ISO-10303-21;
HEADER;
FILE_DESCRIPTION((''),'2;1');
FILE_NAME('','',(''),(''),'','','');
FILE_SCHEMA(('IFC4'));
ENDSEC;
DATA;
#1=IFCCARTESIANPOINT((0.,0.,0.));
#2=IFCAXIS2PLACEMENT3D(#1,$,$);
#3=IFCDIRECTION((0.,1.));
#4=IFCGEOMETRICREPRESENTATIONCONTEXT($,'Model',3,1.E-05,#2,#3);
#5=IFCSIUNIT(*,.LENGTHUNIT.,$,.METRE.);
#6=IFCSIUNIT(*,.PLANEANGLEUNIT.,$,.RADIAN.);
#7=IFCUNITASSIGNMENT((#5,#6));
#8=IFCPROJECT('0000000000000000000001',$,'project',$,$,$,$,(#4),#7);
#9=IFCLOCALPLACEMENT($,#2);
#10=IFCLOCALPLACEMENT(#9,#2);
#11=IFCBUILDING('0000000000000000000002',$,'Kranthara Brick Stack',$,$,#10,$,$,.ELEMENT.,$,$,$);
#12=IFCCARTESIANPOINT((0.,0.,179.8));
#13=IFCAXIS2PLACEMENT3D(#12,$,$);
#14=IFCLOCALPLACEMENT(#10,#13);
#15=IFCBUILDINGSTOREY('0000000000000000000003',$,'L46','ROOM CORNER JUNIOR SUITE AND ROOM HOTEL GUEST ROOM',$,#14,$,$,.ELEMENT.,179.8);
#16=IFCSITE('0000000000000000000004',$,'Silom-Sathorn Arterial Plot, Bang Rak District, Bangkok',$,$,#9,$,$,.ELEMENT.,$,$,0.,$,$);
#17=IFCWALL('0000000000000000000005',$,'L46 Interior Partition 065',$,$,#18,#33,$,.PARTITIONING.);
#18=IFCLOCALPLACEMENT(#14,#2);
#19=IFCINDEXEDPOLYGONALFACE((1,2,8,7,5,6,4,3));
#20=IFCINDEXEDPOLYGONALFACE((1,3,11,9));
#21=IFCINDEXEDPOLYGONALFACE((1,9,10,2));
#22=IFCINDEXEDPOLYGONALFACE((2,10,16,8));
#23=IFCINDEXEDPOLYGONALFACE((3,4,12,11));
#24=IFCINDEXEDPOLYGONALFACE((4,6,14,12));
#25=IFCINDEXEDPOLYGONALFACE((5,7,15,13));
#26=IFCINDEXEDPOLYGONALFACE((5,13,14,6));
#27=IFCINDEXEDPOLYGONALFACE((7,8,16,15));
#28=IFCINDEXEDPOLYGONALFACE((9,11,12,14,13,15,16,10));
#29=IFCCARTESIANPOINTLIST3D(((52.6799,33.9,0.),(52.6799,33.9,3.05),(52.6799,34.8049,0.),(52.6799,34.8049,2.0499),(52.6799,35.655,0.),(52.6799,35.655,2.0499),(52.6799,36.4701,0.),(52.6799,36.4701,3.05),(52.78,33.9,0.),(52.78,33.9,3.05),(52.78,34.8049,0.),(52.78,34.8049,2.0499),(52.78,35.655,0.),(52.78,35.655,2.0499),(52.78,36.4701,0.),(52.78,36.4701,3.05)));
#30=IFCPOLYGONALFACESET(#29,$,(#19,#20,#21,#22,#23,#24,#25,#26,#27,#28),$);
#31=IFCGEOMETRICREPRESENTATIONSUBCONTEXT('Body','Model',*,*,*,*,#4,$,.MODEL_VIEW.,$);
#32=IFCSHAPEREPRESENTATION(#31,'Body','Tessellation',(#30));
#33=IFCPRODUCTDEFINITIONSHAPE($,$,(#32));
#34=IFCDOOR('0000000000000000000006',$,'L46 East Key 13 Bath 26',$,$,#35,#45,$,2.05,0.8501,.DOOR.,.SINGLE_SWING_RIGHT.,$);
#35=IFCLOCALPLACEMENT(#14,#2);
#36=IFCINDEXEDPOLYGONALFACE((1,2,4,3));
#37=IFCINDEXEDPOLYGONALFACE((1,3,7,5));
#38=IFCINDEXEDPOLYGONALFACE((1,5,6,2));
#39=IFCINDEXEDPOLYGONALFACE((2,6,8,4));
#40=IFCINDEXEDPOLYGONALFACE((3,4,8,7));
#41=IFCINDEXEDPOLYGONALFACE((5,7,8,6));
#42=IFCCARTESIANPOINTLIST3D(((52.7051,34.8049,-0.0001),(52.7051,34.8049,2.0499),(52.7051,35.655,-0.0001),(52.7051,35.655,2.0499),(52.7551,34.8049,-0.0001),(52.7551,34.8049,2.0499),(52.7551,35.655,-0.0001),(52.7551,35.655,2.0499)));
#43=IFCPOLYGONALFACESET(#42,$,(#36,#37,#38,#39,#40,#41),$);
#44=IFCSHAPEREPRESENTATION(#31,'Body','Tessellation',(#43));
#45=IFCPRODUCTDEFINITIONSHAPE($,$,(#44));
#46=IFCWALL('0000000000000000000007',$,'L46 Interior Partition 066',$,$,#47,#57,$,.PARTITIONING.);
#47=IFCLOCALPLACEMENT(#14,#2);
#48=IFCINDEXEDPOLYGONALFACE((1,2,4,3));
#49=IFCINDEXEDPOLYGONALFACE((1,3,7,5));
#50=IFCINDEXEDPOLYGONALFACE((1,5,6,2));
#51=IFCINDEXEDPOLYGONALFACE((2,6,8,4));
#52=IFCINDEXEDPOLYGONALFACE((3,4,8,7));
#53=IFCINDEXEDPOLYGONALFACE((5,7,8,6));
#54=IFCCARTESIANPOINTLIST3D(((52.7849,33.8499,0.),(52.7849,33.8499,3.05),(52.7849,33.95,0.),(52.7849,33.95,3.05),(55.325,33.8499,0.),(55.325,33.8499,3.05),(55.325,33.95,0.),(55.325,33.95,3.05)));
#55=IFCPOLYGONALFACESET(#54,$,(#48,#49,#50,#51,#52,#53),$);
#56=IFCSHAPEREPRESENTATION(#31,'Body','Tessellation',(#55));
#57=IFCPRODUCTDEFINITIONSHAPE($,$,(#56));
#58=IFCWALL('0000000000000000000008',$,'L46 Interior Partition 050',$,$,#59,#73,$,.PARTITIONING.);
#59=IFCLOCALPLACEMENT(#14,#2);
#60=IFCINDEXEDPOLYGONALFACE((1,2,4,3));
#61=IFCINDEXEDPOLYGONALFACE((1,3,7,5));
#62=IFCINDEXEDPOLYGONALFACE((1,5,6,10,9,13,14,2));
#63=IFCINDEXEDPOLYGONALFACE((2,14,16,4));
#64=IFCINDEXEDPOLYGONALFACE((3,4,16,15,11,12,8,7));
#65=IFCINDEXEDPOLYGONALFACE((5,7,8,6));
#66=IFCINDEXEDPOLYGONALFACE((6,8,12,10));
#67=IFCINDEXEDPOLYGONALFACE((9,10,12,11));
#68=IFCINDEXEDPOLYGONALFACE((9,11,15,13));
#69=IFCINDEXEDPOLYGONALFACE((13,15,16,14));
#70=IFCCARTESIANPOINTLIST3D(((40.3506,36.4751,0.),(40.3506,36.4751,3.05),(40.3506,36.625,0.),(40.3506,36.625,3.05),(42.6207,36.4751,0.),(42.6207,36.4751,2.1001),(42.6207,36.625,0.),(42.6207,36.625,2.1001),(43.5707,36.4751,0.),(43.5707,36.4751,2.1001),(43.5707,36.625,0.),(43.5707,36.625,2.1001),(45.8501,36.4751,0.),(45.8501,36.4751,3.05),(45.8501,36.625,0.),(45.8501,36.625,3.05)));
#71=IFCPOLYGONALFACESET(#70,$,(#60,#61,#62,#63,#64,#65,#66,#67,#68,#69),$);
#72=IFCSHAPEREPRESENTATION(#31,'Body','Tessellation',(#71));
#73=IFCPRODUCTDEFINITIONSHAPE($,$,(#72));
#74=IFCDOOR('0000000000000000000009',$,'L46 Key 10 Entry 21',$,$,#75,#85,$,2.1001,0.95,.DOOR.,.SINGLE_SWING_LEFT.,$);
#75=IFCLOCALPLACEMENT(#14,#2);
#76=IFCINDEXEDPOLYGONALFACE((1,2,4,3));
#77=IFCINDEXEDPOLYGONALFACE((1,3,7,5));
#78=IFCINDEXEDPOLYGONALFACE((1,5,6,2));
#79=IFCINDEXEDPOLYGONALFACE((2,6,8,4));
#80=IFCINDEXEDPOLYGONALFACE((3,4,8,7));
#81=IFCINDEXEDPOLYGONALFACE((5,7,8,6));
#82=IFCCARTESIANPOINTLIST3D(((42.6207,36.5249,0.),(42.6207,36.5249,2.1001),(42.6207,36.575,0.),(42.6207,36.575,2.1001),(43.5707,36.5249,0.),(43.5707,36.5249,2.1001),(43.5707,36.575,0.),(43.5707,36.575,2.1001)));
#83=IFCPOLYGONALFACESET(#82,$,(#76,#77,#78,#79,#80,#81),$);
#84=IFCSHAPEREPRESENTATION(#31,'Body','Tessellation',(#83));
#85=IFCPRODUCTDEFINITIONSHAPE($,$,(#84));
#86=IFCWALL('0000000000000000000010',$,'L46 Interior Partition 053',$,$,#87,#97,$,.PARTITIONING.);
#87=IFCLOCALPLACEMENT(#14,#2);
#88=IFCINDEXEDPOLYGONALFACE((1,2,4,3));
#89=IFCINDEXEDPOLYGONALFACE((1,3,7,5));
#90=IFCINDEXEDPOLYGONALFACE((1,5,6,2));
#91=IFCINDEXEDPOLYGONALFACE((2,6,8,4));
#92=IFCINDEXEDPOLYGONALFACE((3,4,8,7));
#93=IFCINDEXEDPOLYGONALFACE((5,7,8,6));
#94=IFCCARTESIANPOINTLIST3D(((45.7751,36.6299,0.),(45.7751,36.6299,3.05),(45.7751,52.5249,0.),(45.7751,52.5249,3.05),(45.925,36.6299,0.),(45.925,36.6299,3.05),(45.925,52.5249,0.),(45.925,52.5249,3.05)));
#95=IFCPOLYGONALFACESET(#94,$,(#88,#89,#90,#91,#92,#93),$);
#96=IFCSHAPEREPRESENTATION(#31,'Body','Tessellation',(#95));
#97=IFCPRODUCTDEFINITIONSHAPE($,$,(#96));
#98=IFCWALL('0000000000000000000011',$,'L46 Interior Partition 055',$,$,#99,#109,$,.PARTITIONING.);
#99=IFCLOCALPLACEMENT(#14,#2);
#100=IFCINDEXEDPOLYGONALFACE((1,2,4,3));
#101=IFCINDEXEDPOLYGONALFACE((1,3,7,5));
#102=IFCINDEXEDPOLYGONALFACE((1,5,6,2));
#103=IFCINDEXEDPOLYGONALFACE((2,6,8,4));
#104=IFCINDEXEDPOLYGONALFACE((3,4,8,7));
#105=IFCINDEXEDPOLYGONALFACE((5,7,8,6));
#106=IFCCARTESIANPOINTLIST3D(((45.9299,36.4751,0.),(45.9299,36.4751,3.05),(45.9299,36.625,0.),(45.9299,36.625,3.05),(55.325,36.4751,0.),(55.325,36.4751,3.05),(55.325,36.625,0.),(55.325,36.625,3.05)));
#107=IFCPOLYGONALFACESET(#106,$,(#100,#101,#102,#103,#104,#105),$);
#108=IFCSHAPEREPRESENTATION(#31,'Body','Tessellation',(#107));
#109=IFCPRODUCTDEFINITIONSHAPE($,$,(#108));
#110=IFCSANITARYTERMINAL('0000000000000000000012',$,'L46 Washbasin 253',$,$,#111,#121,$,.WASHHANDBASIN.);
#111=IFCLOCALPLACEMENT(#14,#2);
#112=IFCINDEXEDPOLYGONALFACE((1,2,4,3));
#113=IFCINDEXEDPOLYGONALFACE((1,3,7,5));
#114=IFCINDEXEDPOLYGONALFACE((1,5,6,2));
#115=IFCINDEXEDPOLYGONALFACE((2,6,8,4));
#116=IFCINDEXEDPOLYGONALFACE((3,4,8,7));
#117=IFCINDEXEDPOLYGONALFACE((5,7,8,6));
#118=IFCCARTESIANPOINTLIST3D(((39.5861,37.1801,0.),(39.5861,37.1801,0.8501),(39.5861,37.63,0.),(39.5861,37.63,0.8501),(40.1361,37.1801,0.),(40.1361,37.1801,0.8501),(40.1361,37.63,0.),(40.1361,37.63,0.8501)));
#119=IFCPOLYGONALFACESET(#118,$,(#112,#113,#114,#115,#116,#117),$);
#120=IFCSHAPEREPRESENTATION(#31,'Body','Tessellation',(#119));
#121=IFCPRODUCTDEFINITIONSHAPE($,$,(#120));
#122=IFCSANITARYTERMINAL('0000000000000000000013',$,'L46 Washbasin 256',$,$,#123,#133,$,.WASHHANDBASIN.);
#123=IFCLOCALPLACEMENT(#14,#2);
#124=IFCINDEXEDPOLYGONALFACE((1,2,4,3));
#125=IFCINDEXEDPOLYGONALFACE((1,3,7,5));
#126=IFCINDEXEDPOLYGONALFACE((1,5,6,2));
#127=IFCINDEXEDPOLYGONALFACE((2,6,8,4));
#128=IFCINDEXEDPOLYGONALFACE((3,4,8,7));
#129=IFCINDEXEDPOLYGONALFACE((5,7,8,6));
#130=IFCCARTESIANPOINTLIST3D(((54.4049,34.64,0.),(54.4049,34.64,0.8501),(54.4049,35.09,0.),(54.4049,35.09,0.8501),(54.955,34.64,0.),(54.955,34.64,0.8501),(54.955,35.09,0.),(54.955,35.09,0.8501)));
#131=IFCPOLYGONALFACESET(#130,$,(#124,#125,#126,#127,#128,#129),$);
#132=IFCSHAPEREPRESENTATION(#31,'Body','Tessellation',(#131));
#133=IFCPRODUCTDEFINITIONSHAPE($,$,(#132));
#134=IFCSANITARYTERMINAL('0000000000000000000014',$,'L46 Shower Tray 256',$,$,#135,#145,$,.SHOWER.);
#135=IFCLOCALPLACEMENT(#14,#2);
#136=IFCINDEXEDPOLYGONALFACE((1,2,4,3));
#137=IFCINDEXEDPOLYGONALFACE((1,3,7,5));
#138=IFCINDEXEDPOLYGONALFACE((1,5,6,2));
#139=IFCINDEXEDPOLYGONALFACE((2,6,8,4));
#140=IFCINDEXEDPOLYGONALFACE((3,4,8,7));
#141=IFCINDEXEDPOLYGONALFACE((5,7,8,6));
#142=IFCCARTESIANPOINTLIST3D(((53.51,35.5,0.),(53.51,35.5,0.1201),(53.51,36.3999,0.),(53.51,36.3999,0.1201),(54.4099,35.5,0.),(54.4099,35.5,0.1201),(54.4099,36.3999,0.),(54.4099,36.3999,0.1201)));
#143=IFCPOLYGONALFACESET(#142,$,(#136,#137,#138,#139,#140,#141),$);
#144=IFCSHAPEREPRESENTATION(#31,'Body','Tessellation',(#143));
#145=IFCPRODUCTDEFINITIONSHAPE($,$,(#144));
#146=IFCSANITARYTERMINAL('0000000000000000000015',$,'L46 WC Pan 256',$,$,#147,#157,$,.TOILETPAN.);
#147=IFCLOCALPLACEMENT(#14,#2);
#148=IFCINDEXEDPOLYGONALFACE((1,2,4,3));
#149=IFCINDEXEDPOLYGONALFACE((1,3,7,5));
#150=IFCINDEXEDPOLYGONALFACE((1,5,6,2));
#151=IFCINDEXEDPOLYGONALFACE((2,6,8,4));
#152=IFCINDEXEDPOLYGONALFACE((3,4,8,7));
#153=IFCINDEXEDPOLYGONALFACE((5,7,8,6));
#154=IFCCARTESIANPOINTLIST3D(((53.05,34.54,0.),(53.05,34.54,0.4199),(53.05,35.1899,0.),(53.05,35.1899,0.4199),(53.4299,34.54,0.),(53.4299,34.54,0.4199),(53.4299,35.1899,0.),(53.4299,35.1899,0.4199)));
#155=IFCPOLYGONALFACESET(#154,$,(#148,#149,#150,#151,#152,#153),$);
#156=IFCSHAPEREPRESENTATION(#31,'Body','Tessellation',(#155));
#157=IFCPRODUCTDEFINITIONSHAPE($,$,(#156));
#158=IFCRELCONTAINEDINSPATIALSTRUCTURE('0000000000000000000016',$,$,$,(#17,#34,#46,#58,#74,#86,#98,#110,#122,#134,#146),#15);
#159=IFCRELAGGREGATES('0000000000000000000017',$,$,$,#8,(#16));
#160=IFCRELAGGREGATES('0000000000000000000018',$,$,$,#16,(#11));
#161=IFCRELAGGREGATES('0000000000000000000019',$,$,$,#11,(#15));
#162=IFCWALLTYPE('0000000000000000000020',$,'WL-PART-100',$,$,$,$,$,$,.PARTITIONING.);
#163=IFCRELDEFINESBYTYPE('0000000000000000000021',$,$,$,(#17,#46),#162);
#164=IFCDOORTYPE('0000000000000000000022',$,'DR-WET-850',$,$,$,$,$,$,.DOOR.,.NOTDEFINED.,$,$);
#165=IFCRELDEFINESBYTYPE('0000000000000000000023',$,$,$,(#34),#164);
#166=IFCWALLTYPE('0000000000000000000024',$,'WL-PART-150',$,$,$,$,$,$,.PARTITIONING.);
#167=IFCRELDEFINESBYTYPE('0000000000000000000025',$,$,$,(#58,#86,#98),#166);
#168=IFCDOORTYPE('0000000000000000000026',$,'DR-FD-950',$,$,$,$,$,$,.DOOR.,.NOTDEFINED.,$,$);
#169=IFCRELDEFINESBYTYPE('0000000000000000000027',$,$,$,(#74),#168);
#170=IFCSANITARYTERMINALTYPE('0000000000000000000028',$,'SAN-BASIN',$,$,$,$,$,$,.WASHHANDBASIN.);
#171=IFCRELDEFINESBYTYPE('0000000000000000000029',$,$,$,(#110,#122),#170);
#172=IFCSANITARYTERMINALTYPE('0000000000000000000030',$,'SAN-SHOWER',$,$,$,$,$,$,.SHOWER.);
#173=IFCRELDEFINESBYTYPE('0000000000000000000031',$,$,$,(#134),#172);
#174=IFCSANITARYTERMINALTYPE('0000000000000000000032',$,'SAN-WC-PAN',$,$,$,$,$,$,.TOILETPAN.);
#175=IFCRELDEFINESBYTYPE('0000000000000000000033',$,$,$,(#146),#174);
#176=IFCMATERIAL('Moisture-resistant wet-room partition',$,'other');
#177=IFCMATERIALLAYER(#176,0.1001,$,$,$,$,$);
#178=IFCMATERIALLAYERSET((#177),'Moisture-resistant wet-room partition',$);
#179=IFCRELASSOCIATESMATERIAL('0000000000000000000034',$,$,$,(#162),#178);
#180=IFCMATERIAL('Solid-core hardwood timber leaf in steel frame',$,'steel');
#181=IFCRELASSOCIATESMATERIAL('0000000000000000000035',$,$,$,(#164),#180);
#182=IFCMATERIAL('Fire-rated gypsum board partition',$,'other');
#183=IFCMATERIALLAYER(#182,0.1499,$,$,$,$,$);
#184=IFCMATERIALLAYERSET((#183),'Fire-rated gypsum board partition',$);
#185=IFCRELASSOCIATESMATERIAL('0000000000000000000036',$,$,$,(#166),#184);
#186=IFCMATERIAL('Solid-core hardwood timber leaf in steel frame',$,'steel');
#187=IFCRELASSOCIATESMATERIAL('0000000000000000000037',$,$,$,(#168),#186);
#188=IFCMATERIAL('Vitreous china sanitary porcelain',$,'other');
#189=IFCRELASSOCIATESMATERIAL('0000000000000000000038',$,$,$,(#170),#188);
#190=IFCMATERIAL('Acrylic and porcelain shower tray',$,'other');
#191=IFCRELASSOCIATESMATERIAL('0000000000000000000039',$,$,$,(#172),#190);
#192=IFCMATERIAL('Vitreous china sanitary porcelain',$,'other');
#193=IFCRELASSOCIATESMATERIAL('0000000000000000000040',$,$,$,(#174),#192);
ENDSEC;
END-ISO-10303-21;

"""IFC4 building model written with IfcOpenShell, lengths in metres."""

from ifc_helpers import new_model, si_unit, direction, frame, frame_2d, origin, origin_2d, place, context, subcontext, project, spatial, rectangle, extrude, material, layer, layer_set, type_object, element, fill, save


model = new_model("IFC4")

# Units and contexts
model_context = context("Model", 3, precision=1e-05, world=origin(), true_north=direction((0.0, 1.0)))
body_context = subcontext(model_context, "Body", "Model", "MODEL_VIEW")
ifc_project = project(units=[si_unit("LENGTHUNIT", "METRE"), si_unit("PLANEANGLEUNIT", "RADIAN")], contexts=[model_context])

# Site, building, storey
site_placement = place(None, origin())
site = spatial("IfcSite", under=ifc_project, at=site_placement, Name="Silom-Sathorn Arterial Plot, Bang Rak District, Bangkok", CompositionType="ELEMENT", RefElevation=0.0)
building_placement = place(site_placement, origin())
building = spatial("IfcBuilding", under=site, at=building_placement, Name="Kranthara Brick Stack", CompositionType="ELEMENT")
storey_placement = place(building_placement, frame((0.0, 0.0, 179.8)))
storey = spatial("IfcBuildingStorey", under=building, at=storey_placement, Name="L46", Description="ROOM CORNER JUNIOR SUITE AND ROOM HOTEL GUEST ROOM", CompositionType="ELEMENT", Elevation=179.8)

# Wall, opening, door
ifc_material_1 = material(Name="Moisture-resistant wet-room partition", Category="other")
ifc_layer_1 = layer(ifc_material_1, 0.1001)
ifc_layer_set_1 = layer_set([ifc_layer_1], Name="Moisture-resistant wet-room partition")
wall_type_1 = type_object("IfcWallType", Name="WL-PART-100", PredefinedType="PARTITIONING", material=ifc_layer_set_1)
ifc_material_2 = material(Name="Solid-core hardwood timber leaf in steel frame", Category="steel")
door_type_1 = type_object("IfcDoorType", Name="DR-WET-850", OperationType="NOTDEFINED", PredefinedType="DOOR", material=ifc_material_2)
wall_1_placement = place(storey_placement, frame((52.73, 33.8999, 0.0), z_axis=(0.0, 0.0, 1.0), x_axis=(0.0, 1.0, 0.0)))
wall_1 = element("IfcWall", 1, at=wall_1_placement, inside=storey, type_object=wall_type_1, Name="L46 Interior Partition 065", PredefinedType="PARTITIONING", context=body_context, shape_type="SweptSolid", body=[
    extrude(rectangle(XDim=2.5701, YDim=0.1001, at=frame_2d((1.2852, 0.0))), origin(), (0.0, 0.0, 1.0), 3.05),
])
opening_1_placement = place(wall_1_placement, frame((0.905, 0.0, 0.0)))
opening_1 = element("IfcOpeningElement", 2, at=opening_1_placement, cuts=wall_1, PredefinedType="OPENING", context=body_context, shape_type="SweptSolid", body=[
    extrude(rectangle(XDim=0.8501, YDim=2.05, at=frame_2d((0.425, 1.0249))), frame((0.0, 0.0601, 0.0), z_axis=(0.0, -1.0, 0.0), x_axis=(1.0, 0.0, 0.0)), (0.0, 0.0, 1.0), 0.1201),
])
door_1_placement = place(opening_1_placement, origin())
door_1 = element("IfcDoor", 3, at=door_1_placement, inside=storey, type_object=door_type_1, Name="L46 East Key 13 Bath 26", OperationType="SINGLE_SWING_RIGHT", OverallHeight=2.05, OverallWidth=0.8501, PredefinedType="DOOR", context=body_context, shape_type="SweptSolid", body=[
    extrude(rectangle(XDim=0.8501, YDim=2.05, at=frame_2d((0.425, 1.0249))), frame((0.0, 0.0249, 0.0), z_axis=(0.0, -1.0, 0.0), x_axis=(1.0, 0.0, 0.0)), (0.0, 0.0, 1.0), 0.05),
])
fill(opening_1, door_1)

# Wall
wall_2_placement = place(storey_placement, frame((52.7849, 33.8999, 0.0), z_axis=(0.0, 0.0, 1.0), x_axis=(1.0, 0.0, 0.0)))
element("IfcWall", 4, at=wall_2_placement, inside=storey, type_object=wall_type_1, Name="L46 Interior Partition 066", PredefinedType="PARTITIONING", context=body_context, shape_type="SweptSolid", body=[
    extrude(rectangle(XDim=2.54, YDim=0.1001, at=frame_2d((1.27, 0.0))), origin(), (0.0, 0.0, 1.0), 3.05),
])

# Wall, opening, door
ifc_material_3 = material(Name="Fire-rated gypsum board partition", Category="other")
ifc_layer_2 = layer(ifc_material_3, 0.1499)
ifc_layer_set_2 = layer_set([ifc_layer_2], Name="Fire-rated gypsum board partition")
wall_type_2 = type_object("IfcWallType", Name="WL-PART-150", PredefinedType="PARTITIONING", material=ifc_layer_set_2)
wall_3_placement = place(storey_placement, frame((40.3506, 36.55, 0.0), z_axis=(0.0, 0.0, 1.0), x_axis=(1.0, 0.0, 0.0)))
wall_3 = element("IfcWall", 5, at=wall_3_placement, inside=storey, type_object=wall_type_2, Name="L46 Interior Partition 050", PredefinedType="PARTITIONING", context=body_context, shape_type="SweptSolid", body=[
    extrude(rectangle(XDim=5.4995, YDim=0.1499, at=frame_2d((2.7498, 0.0))), origin(), (0.0, 0.0, 1.0), 3.05),
])
opening_2_placement = place(wall_3_placement, frame((2.27, 0.0, 0.0)))
opening_2 = element("IfcOpeningElement", 6, at=opening_2_placement, cuts=wall_3, PredefinedType="OPENING", context=body_context, shape_type="SweptSolid", body=[
    extrude(rectangle(XDim=0.95, YDim=2.1001, at=frame_2d((0.4751, 1.05))), frame((0.0, 0.085, 0.0), z_axis=(0.0, -1.0, 0.0), x_axis=(1.0, 0.0, 0.0)), (0.0, 0.0, 1.0), 0.1699),
])
ifc_material_4 = material(Name="Solid-core hardwood timber leaf in steel frame", Category="steel")
door_type_2 = type_object("IfcDoorType", Name="DR-FD-950", OperationType="NOTDEFINED", PredefinedType="DOOR", material=ifc_material_4)
door_2_placement = place(opening_2_placement, origin())
door_2 = element("IfcDoor", 7, at=door_2_placement, inside=storey, type_object=door_type_2, Name="L46 Key 10 Entry 21", OperationType="SINGLE_SWING_LEFT", OverallHeight=2.1001, OverallWidth=0.95, PredefinedType="DOOR", context=body_context, shape_type="SweptSolid", body=[
    extrude(rectangle(XDim=0.95, YDim=2.1001, at=frame_2d((0.4751, 1.05))), frame((0.0, 0.0249, 0.0), z_axis=(0.0, -1.0, 0.0), x_axis=(1.0, 0.0, 0.0)), (0.0, 0.0, 1.0), 0.05),
])
fill(opening_2, door_2)

# Walls
wall_4_placement = place(storey_placement, frame((45.8501, 36.6299, 0.0), z_axis=(0.0, 0.0, 1.0), x_axis=(0.0, 1.0, 0.0)))
element("IfcWall", 8, at=wall_4_placement, inside=storey, type_object=wall_type_2, Name="L46 Interior Partition 053", PredefinedType="PARTITIONING", context=body_context, shape_type="SweptSolid", body=[
    extrude(rectangle(XDim=15.895, YDim=0.1499, at=frame_2d((7.9475, 0.0))), origin(), (0.0, 0.0, 1.0), 3.05),
])
wall_5_placement = place(storey_placement, frame((45.9299, 36.55, 0.0), z_axis=(0.0, 0.0, 1.0), x_axis=(1.0, 0.0, 0.0)))
element("IfcWall", 9, at=wall_5_placement, inside=storey, type_object=wall_type_2, Name="L46 Interior Partition 055", PredefinedType="PARTITIONING", context=body_context, shape_type="SweptSolid", body=[
    extrude(rectangle(XDim=9.395, YDim=0.1499, at=frame_2d((4.6975, 0.0))), origin(), (0.0, 0.0, 1.0), 3.05),
])

# Sanitary terminals
ifc_material_5 = material(Name="Vitreous china sanitary porcelain", Category="other")
sanitary_terminal_type_1 = type_object("IfcSanitaryTerminalType", Name="SAN-BASIN", PredefinedType="WASHHANDBASIN", material=ifc_material_5)
for number, where, z_axis, x_axis, name in (
    (10, (39.8611, 37.405, 0.0), (0.0, 0.0, 1.0), (1.0, 0.0, 0.0), "L46 Washbasin 253"),
    (11, (54.6799, 34.865, 0.0), (0.0, 0.0, 1.0), (1.0, 0.0, 0.0), "L46 Washbasin 256"),
):
    element("IfcSanitaryTerminal", number, at=place(storey_placement, frame(where, z_axis=z_axis, x_axis=x_axis)), inside=storey, type_object=sanitary_terminal_type_1, Name=name, PredefinedType="WASHHANDBASIN", context=body_context, shape_type="SweptSolid", body=[
        extrude(rectangle(XDim=0.55, YDim=0.45, at=origin_2d()), origin(), (0.0, 0.0, 1.0), 0.8501),
    ])
ifc_material_6 = material(Name="Acrylic and porcelain shower tray", Category="other")
sanitary_terminal_type_2 = type_object("IfcSanitaryTerminalType", Name="SAN-SHOWER", PredefinedType="SHOWER", material=ifc_material_6)
sanitary_terminal_1_placement = place(storey_placement, frame((53.96, 35.95, 0.0), z_axis=(0.0, 0.0, 1.0), x_axis=(1.0, 0.0, 0.0)))
element("IfcSanitaryTerminal", 12, at=sanitary_terminal_1_placement, inside=storey, type_object=sanitary_terminal_type_2, Name="L46 Shower Tray 256", PredefinedType="SHOWER", context=body_context, shape_type="SweptSolid", body=[
    extrude(rectangle(XDim=0.8999, YDim=0.8999, at=origin_2d()), origin(), (0.0, 0.0, 1.0), 0.1201),
])
ifc_material_7 = material(Name="Vitreous china sanitary porcelain", Category="other")
sanitary_terminal_type_3 = type_object("IfcSanitaryTerminalType", Name="SAN-WC-PAN", PredefinedType="TOILETPAN", material=ifc_material_7)
sanitary_terminal_2_placement = place(storey_placement, frame((53.24, 34.865, 0.0), z_axis=(0.0, 0.0, 1.0), x_axis=(1.0, 0.0, 0.0)))
element("IfcSanitaryTerminal", 13, at=sanitary_terminal_2_placement, inside=storey, type_object=sanitary_terminal_type_3, Name="L46 WC Pan 256", PredefinedType="TOILETPAN", context=body_context, shape_type="SweptSolid", body=[
    extrude(rectangle(XDim=0.3799, YDim=0.6499, at=origin_2d()), origin(), (0.0, 0.0, 1.0), 0.4199),
])

save(model, "model.ifc")
